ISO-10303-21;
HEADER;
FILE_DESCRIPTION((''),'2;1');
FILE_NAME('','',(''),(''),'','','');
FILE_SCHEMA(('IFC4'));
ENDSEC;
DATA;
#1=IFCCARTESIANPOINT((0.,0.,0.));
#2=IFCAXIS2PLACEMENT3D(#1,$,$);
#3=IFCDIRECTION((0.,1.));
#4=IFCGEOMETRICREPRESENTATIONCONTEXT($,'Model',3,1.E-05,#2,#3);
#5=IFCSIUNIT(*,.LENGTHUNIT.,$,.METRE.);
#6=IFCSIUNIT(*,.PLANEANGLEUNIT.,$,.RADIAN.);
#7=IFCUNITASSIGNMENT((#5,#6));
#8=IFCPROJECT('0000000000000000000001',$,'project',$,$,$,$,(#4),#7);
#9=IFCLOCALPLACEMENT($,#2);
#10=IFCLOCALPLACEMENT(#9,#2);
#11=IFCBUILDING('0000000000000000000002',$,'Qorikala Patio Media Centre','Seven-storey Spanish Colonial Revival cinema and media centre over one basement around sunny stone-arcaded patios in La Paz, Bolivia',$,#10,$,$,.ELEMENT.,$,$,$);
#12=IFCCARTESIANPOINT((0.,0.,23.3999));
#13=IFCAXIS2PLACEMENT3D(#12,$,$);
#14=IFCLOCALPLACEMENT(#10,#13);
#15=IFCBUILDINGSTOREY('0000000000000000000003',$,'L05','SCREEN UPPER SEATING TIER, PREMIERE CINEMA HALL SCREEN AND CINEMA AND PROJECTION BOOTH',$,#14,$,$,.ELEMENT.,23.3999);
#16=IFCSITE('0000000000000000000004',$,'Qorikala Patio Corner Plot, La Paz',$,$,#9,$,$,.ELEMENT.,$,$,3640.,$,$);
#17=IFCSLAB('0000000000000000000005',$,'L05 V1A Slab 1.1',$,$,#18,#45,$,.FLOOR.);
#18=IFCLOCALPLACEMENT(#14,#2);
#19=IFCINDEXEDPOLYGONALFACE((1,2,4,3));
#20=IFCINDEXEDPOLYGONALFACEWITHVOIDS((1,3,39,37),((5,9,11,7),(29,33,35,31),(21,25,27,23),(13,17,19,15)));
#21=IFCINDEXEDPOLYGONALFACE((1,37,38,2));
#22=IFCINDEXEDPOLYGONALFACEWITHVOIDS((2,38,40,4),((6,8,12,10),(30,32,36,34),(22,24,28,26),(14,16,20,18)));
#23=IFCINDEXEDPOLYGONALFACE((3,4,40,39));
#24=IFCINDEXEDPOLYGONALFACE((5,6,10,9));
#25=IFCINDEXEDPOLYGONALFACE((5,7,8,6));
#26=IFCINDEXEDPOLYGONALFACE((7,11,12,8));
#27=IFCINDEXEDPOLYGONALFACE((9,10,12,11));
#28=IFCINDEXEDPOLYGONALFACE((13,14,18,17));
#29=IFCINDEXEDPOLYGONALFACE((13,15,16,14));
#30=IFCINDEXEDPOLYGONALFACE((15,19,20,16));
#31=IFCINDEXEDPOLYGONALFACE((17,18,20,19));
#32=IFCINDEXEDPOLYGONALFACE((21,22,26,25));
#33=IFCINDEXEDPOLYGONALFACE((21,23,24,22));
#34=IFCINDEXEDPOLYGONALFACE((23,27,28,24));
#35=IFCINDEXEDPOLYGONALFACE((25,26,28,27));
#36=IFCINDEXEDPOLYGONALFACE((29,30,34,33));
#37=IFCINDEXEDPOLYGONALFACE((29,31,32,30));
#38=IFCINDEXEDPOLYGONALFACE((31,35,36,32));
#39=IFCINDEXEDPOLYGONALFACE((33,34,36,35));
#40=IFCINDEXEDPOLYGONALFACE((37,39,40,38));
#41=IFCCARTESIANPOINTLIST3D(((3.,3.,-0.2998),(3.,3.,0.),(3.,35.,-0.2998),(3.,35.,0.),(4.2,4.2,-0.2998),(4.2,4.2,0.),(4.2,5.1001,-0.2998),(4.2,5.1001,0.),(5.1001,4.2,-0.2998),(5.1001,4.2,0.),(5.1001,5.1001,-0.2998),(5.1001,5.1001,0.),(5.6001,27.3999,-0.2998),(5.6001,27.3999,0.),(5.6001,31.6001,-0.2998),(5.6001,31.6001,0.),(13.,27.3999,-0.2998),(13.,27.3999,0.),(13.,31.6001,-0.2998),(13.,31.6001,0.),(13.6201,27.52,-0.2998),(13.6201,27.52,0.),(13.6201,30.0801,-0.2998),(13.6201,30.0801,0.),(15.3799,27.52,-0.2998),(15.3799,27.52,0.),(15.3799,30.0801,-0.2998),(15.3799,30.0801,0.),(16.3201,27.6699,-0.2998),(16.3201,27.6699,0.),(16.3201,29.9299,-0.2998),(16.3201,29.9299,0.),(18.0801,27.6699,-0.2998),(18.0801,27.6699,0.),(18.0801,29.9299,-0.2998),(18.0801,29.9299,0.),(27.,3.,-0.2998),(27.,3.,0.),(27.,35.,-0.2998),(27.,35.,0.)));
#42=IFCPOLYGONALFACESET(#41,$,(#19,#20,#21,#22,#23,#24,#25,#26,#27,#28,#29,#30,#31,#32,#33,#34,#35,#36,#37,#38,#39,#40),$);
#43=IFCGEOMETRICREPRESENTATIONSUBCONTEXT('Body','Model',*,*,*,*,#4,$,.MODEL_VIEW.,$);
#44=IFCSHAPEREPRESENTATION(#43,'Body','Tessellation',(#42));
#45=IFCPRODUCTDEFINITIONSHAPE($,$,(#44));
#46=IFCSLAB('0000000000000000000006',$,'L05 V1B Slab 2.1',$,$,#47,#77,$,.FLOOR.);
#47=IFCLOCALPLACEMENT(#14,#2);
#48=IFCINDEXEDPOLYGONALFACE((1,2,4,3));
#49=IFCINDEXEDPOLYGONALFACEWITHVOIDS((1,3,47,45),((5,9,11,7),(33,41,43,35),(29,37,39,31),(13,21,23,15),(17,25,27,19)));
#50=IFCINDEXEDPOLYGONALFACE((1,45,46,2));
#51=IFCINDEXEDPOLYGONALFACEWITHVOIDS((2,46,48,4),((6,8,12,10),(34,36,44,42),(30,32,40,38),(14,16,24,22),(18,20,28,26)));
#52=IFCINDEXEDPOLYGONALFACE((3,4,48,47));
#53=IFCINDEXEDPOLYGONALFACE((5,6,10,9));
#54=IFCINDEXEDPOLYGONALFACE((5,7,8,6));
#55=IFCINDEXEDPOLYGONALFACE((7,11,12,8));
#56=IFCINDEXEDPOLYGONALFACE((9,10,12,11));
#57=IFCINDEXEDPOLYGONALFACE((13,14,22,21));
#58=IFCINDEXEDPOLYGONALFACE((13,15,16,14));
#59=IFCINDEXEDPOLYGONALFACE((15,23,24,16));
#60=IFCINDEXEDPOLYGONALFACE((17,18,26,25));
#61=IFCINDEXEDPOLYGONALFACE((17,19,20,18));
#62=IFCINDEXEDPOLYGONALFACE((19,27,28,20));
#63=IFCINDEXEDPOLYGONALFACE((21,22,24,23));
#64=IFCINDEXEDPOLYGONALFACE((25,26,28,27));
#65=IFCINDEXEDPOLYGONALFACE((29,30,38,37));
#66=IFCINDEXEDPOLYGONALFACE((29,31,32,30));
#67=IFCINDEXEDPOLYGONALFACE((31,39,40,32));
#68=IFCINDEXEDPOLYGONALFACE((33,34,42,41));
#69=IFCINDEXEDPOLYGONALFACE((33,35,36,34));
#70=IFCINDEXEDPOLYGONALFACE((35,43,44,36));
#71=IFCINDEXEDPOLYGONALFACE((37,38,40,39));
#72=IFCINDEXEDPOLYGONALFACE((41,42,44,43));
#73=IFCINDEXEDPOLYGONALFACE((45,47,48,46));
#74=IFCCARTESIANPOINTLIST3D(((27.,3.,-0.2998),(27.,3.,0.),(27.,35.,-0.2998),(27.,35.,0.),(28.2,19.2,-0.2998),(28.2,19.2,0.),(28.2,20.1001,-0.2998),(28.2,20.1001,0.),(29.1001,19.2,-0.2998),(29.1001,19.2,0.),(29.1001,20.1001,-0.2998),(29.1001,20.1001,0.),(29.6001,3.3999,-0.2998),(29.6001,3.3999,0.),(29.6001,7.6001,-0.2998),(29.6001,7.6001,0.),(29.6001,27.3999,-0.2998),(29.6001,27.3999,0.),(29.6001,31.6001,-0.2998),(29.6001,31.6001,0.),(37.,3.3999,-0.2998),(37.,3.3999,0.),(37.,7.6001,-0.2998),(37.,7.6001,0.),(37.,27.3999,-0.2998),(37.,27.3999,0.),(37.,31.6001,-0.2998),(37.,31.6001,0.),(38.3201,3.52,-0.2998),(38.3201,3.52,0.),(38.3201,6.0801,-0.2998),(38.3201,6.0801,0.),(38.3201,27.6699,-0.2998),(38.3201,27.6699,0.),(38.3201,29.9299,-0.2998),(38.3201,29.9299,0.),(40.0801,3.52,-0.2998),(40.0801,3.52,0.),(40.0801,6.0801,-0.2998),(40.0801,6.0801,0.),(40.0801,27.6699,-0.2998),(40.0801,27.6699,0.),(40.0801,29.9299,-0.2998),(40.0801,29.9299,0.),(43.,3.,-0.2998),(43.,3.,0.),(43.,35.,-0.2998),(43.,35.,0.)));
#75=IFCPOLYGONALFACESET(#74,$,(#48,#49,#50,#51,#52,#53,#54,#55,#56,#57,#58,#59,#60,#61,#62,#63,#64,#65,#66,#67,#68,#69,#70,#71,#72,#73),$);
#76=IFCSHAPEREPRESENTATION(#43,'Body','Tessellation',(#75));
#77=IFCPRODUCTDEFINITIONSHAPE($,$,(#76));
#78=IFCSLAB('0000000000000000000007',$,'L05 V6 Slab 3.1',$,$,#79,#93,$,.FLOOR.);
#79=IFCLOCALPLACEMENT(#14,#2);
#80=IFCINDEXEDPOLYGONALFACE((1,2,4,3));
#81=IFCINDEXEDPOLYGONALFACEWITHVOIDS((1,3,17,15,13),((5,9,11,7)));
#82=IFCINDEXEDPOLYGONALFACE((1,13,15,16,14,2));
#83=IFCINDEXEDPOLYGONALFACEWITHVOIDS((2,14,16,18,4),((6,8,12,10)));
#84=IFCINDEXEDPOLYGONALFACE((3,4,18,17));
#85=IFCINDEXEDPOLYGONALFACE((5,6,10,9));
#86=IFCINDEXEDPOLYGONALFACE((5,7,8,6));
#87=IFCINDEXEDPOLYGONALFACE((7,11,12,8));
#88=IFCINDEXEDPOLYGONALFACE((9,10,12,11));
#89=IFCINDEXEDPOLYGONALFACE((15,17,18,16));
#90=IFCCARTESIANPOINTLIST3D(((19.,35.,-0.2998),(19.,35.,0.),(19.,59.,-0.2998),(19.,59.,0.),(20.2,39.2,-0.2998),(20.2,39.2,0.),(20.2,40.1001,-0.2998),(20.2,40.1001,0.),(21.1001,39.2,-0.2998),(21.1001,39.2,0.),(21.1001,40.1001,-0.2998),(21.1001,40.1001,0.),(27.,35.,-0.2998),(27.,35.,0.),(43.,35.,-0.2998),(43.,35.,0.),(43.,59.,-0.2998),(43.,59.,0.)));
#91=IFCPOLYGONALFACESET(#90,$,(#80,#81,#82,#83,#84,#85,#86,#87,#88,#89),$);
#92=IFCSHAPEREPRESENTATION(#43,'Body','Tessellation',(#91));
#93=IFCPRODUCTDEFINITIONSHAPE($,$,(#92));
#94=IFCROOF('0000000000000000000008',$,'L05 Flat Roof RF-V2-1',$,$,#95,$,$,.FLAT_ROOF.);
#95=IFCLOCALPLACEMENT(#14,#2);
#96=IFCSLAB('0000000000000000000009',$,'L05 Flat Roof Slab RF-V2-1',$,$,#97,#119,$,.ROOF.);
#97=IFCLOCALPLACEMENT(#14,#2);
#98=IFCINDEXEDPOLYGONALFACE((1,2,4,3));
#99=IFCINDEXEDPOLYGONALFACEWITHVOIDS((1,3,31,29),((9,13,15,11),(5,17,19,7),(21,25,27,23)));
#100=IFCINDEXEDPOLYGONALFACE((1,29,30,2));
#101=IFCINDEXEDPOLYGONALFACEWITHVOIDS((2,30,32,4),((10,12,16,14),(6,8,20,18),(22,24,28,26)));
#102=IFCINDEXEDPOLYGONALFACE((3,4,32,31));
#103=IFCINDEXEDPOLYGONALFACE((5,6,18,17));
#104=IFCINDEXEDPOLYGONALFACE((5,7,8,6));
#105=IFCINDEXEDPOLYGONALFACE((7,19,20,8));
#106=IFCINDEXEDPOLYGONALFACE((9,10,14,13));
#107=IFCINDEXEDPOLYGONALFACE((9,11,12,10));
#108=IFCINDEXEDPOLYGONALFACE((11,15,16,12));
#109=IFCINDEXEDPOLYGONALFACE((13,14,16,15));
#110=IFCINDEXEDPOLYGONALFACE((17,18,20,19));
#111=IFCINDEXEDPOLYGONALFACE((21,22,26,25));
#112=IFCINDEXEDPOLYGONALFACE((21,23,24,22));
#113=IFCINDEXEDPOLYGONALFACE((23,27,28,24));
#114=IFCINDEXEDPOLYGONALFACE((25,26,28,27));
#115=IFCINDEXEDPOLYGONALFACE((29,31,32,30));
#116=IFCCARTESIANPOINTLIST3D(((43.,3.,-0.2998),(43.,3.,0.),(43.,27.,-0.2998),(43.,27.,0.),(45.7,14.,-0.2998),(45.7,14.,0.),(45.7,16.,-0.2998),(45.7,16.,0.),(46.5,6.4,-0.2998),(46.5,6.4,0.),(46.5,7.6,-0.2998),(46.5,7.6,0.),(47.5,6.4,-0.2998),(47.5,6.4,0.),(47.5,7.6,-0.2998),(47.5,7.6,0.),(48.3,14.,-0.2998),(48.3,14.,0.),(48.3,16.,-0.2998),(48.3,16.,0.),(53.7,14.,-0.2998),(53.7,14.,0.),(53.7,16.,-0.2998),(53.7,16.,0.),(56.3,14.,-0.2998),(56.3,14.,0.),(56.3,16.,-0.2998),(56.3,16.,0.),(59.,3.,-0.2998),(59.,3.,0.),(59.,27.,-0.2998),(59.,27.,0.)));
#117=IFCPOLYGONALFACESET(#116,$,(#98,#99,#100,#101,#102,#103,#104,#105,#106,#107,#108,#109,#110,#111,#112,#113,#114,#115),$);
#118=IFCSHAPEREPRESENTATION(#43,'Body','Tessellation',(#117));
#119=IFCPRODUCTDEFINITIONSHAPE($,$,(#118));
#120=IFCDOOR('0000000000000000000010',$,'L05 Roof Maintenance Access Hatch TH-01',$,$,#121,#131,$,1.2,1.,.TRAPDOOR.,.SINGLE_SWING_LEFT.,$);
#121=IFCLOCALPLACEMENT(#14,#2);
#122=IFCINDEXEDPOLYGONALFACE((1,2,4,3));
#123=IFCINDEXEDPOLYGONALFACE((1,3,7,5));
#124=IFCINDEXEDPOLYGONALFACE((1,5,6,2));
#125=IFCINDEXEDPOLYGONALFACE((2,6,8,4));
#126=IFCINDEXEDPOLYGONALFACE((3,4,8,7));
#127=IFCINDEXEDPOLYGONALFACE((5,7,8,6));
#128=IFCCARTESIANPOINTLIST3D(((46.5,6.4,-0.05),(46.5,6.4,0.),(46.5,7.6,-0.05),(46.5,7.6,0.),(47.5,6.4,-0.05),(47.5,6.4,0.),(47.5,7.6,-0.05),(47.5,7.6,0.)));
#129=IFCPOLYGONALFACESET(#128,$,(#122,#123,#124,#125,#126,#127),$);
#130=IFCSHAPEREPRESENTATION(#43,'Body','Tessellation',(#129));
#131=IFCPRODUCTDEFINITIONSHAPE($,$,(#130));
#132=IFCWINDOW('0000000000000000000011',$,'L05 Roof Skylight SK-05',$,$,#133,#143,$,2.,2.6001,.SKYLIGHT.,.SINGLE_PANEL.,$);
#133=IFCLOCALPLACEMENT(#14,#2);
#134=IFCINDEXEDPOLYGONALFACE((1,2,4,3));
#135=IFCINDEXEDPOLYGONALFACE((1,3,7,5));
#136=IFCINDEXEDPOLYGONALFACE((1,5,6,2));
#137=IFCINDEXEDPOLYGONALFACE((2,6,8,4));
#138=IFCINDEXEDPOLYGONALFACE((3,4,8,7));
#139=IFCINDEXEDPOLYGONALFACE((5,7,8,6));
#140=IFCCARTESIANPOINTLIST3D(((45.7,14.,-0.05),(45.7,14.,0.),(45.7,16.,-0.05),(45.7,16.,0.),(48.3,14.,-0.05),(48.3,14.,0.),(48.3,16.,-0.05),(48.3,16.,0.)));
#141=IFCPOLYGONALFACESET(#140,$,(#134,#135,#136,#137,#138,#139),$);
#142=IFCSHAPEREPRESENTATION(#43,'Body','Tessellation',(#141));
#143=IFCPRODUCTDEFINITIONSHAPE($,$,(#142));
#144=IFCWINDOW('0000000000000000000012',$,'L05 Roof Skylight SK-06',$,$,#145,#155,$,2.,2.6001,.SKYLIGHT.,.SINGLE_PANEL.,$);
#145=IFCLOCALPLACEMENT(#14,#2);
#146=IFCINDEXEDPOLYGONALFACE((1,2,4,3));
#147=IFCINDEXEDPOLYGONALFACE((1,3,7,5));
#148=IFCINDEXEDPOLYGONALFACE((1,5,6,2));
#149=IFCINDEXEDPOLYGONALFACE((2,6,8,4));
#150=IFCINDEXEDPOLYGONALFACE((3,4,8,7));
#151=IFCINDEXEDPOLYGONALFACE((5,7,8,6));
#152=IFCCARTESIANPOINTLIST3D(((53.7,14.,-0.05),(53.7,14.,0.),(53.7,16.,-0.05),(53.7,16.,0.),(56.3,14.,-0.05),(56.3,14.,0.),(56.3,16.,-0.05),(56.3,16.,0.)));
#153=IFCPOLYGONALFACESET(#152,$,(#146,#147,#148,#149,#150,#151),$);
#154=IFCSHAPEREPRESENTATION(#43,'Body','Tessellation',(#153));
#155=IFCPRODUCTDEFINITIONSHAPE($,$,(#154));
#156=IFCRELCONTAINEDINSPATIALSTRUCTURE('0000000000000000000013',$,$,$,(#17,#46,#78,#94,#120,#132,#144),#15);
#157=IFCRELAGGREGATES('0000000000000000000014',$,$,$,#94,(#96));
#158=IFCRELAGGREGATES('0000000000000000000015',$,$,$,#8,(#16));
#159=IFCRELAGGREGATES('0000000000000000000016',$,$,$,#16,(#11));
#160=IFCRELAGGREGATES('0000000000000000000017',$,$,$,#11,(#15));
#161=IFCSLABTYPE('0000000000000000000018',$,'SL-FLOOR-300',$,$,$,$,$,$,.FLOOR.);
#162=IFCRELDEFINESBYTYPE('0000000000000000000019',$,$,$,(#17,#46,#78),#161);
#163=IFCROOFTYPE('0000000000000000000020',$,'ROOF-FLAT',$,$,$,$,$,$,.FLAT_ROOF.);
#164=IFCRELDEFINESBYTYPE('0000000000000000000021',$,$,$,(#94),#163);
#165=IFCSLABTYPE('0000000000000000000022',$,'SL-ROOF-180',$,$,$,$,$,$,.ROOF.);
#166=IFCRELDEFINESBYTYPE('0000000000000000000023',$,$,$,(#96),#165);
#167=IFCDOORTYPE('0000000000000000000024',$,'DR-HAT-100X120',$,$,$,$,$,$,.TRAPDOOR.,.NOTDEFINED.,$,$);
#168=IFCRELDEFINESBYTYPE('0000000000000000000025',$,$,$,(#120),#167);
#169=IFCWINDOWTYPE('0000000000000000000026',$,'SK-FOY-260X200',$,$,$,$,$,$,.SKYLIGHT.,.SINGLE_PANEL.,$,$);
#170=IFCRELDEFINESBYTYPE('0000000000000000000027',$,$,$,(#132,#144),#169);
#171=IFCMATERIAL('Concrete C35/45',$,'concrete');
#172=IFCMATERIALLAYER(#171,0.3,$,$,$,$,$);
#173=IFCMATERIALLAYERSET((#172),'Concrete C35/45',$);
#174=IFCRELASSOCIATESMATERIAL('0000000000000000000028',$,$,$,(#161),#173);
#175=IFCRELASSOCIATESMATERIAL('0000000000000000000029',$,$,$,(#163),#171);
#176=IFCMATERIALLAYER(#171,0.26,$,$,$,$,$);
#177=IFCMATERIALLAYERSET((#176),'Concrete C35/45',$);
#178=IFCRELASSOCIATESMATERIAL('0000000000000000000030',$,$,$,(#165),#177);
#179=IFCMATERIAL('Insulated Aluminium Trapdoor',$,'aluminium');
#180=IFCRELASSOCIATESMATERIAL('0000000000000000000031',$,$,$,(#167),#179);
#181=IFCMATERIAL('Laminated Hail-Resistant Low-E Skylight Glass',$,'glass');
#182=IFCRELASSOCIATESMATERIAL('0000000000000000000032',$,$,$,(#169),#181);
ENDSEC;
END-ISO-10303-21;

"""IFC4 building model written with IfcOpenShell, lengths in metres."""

from ifc_helpers import new_model, si_unit, direction, frame, origin, origin_2d, place, context, subcontext, project, spatial, polyline, rectangle, outline, extrude, material, layer, layer_set, type_object, element, fill, aggregate, save


model = new_model("IFC4")

# Units and contexts
model_context = context("Model", 3, precision=1e-05, world=origin(), true_north=direction((0.0, 1.0)))
body_context = subcontext(model_context, "Body", "Model", "MODEL_VIEW")
ifc_project = project(units=[si_unit("LENGTHUNIT", "METRE"), si_unit("PLANEANGLEUNIT", "RADIAN")], contexts=[model_context])

# Site, building, storey
site_placement = place(None, origin())
site = spatial("IfcSite", under=ifc_project, at=site_placement, Name="Qorikala Patio Corner Plot, La Paz", CompositionType="ELEMENT", RefElevation=3640.0)
building_placement = place(site_placement, origin())
building = spatial("IfcBuilding", under=site, at=building_placement, Name="Qorikala Patio Media Centre", Description="Seven-storey Spanish Colonial Revival cinema and media centre over one basement around sunny stone-arcaded patios in La Paz, Bolivia", CompositionType="ELEMENT")
storey_placement = place(building_placement, frame((0.0, 0.0, 23.3999)))
storey = spatial("IfcBuildingStorey", under=building, at=storey_placement, Name="L05", Description="SCREEN UPPER SEATING TIER, PREMIERE CINEMA HALL SCREEN AND CINEMA AND PROJECTION BOOTH", CompositionType="ELEMENT", Elevation=23.3999)

# Slabs
ifc_material_1 = material(Name="Concrete C35/45", Category="concrete")
ifc_layer_1 = layer(ifc_material_1, 0.3)
ifc_layer_set_1 = layer_set([ifc_layer_1], Name="Concrete C35/45")
slab_type_1 = type_object("IfcSlabType", Name="SL-FLOOR-300", PredefinedType="FLOOR", material=ifc_layer_set_1)
slab_1_placement = place(storey_placement, frame((0.0, 0.0, -0.2998)))
element("IfcSlab", 1, at=slab_1_placement, inside=storey, type_object=slab_type_1, Name="L05 V1A Slab 1.1", PredefinedType="FLOOR", context=body_context, shape_type="SweptSolid", body=[
    extrude(outline(polyline([(3.0, 35.0), (27.0, 35.0), (27.0, 3.0), (3.0, 3.0), (3.0, 35.0)]), holes=[polyline([(5.1001, 5.1001), (4.2, 5.1001), (4.2, 4.2), (5.1001, 4.2), (5.1001, 5.1001)]), polyline([(15.3799, 27.52), (15.3799, 30.0801), (13.6201, 30.0801), (13.6201, 27.52), (15.3799, 27.52)]), polyline([(18.0801, 29.9299), (16.3201, 29.9299), (16.3201, 27.6699), (18.0801, 27.6699), (18.0801, 29.9299)]), polyline([(13.0, 31.6001), (5.6001, 31.6001), (5.6001, 27.3999), (13.0, 27.3999), (13.0, 31.6001)])]), origin(), (0.0, 0.0, 1.0), 0.2998),
])
slab_2_placement = place(storey_placement, frame((0.0, 0.0, -0.2998)))
element("IfcSlab", 2, at=slab_2_placement, inside=storey, type_object=slab_type_1, Name="L05 V1B Slab 2.1", PredefinedType="FLOOR", context=body_context, shape_type="SweptSolid", body=[
    extrude(outline(polyline([(43.0, 3.0), (27.0, 3.0), (27.0, 35.0), (43.0, 35.0), (43.0, 3.0)]), holes=[polyline([(40.0801, 6.0801), (38.3201, 6.0801), (38.3201, 3.52), (40.0801, 3.52), (40.0801, 6.0801)]), polyline([(37.0, 7.6001), (29.6001, 7.6001), (29.6001, 3.3999), (37.0, 3.3999), (37.0, 7.6001)]), polyline([(29.1001, 19.2), (29.1001, 20.1001), (28.2, 20.1001), (28.2, 19.2), (29.1001, 19.2)]), polyline([(40.0801, 29.9299), (38.3201, 29.9299), (38.3201, 27.6699), (40.0801, 27.6699), (40.0801, 29.9299)]), polyline([(37.0, 27.3999), (37.0, 31.6001), (29.6001, 31.6001), (29.6001, 27.3999), (37.0, 27.3999)])]), origin(), (0.0, 0.0, 1.0), 0.2998),
])
slab_3_placement = place(storey_placement, frame((0.0, 0.0, -0.2998)))
element("IfcSlab", 3, at=slab_3_placement, inside=storey, type_object=slab_type_1, Name="L05 V6 Slab 3.1", PredefinedType="FLOOR", context=body_context, shape_type="SweptSolid", body=[
    extrude(outline(polyline([(43.0, 59.0), (43.0, 35.0), (27.0, 35.0), (19.0, 35.0), (19.0, 59.0), (43.0, 59.0)]), holes=[polyline([(21.1001, 39.2), (21.1001, 40.1001), (20.2, 40.1001), (20.2, 39.2), (21.1001, 39.2)])]), origin(), (0.0, 0.0, 1.0), 0.2998),
])

# Roof, slab, openings, door, windows
roof_type = type_object("IfcRoofType", Name="ROOF-FLAT", PredefinedType="FLAT_ROOF", material=ifc_material_1)
roof_1_placement = place(storey_placement, origin())
roof_1 = element("IfcRoof", 4, at=roof_1_placement, inside=storey, type_object=roof_type, Name="L05 Flat Roof RF-V2-1", PredefinedType="FLAT_ROOF")
ifc_layer_2 = layer(ifc_material_1, 0.26)
ifc_layer_set_2 = layer_set([ifc_layer_2], Name="Concrete C35/45")
slab_type_2 = type_object("IfcSlabType", Name="SL-ROOF-180", PredefinedType="ROOF", material=ifc_layer_set_2)
slab_4_placement = place(storey_placement, frame((0.0, 0.0, -0.2998)))
slab_4 = element("IfcSlab", 5, at=slab_4_placement, type_object=slab_type_2, Name="L05 Flat Roof Slab RF-V2-1", PredefinedType="ROOF", context=body_context, shape_type="SweptSolid", body=[
    extrude(outline(polyline([(43.0, 3.0), (59.0, 3.0), (59.0, 27.0), (43.0, 27.0), (43.0, 3.0)])), origin(), (0.0, 0.0, 1.0), 0.2998),
])
opening_1_placement = place(slab_4_placement, frame((47.0, 15.0, 0.0)))
opening_1 = element("IfcOpeningElement", 6, at=opening_1_placement, cuts=slab_4, PredefinedType="OPENING", context=body_context, shape_type="SweptSolid", body=[
    extrude(rectangle(XDim=2.6001, YDim=2.0, at=origin_2d()), frame((0.0, 0.0, -0.01)), (0.0, 0.0, 1.0), 0.3198),
])
opening_2_placement = place(slab_4_placement, frame((55.0, 15.0, 0.0)))
opening_2 = element("IfcOpeningElement", 7, at=opening_2_placement, cuts=slab_4, PredefinedType="OPENING", context=body_context, shape_type="SweptSolid", body=[
    extrude(rectangle(XDim=2.6001, YDim=2.0, at=origin_2d()), frame((0.0, 0.0, -0.01)), (0.0, 0.0, 1.0), 0.3198),
])
opening_3_placement = place(slab_4_placement, frame((47.0, 7.0, 0.0)))
opening_3 = element("IfcOpeningElement", 8, at=opening_3_placement, cuts=slab_4, PredefinedType="OPENING", context=body_context, shape_type="SweptSolid", body=[
    extrude(rectangle(XDim=1.0, YDim=1.2, at=origin_2d()), frame((0.0, 0.0, -0.01)), (0.0, 0.0, 1.0), 0.3198),
])
ifc_material_2 = material(Name="Insulated Aluminium Trapdoor", Category="aluminium")
door_type = type_object("IfcDoorType", Name="DR-HAT-100X120", OperationType="NOTDEFINED", PredefinedType="TRAPDOOR", material=ifc_material_2)
door_1_placement = place(opening_3_placement, frame((0.0, 0.0, 0.2498)))
door_1 = element("IfcDoor", 9, at=door_1_placement, inside=storey, type_object=door_type, Name="L05 Roof Maintenance Access Hatch TH-01", OperationType="SINGLE_SWING_LEFT", OverallHeight=1.2, OverallWidth=1.0, PredefinedType="TRAPDOOR", context=body_context, shape_type="SweptSolid", body=[
    extrude(rectangle(XDim=1.0, YDim=1.2, at=origin_2d()), origin(), (0.0, 0.0, 1.0), 0.05),
])
fill(opening_3, door_1)
ifc_material_3 = material(Name="Laminated Hail-Resistant Low-E Skylight Glass", Category="glass")
window_type_1 = type_object("IfcWindowType", Name="SK-FOY-260X200", PartitioningType="SINGLE_PANEL", PredefinedType="SKYLIGHT", material=ifc_material_3)
window_1_placement = place(opening_1_placement, frame((0.0, 0.0, 0.2498)))
window_1 = element("IfcWindow", 10, at=window_1_placement, inside=storey, type_object=window_type_1, Name="L05 Roof Skylight SK-05", OverallHeight=2.0, OverallWidth=2.6001, PartitioningType="SINGLE_PANEL", PredefinedType="SKYLIGHT", context=body_context, shape_type="SweptSolid", body=[
    extrude(rectangle(XDim=2.6001, YDim=2.0, at=origin_2d()), origin(), (0.0, 0.0, 1.0), 0.05),
])
fill(opening_1, window_1)
window_2_placement = place(opening_2_placement, frame((0.0, 0.0, 0.2498)))
window_2 = element("IfcWindow", 11, at=window_2_placement, inside=storey, type_object=window_type_1, Name="L05 Roof Skylight SK-06", OverallHeight=2.0, OverallWidth=2.6001, PartitioningType="SINGLE_PANEL", PredefinedType="SKYLIGHT", context=body_context, shape_type="SweptSolid", body=[
    extrude(rectangle(XDim=2.6001, YDim=2.0, at=origin_2d()), origin(), (0.0, 0.0, 1.0), 0.05),
])
fill(opening_2, window_2)
aggregate(roof_1, [slab_4])

save(model, "model.ifc")
